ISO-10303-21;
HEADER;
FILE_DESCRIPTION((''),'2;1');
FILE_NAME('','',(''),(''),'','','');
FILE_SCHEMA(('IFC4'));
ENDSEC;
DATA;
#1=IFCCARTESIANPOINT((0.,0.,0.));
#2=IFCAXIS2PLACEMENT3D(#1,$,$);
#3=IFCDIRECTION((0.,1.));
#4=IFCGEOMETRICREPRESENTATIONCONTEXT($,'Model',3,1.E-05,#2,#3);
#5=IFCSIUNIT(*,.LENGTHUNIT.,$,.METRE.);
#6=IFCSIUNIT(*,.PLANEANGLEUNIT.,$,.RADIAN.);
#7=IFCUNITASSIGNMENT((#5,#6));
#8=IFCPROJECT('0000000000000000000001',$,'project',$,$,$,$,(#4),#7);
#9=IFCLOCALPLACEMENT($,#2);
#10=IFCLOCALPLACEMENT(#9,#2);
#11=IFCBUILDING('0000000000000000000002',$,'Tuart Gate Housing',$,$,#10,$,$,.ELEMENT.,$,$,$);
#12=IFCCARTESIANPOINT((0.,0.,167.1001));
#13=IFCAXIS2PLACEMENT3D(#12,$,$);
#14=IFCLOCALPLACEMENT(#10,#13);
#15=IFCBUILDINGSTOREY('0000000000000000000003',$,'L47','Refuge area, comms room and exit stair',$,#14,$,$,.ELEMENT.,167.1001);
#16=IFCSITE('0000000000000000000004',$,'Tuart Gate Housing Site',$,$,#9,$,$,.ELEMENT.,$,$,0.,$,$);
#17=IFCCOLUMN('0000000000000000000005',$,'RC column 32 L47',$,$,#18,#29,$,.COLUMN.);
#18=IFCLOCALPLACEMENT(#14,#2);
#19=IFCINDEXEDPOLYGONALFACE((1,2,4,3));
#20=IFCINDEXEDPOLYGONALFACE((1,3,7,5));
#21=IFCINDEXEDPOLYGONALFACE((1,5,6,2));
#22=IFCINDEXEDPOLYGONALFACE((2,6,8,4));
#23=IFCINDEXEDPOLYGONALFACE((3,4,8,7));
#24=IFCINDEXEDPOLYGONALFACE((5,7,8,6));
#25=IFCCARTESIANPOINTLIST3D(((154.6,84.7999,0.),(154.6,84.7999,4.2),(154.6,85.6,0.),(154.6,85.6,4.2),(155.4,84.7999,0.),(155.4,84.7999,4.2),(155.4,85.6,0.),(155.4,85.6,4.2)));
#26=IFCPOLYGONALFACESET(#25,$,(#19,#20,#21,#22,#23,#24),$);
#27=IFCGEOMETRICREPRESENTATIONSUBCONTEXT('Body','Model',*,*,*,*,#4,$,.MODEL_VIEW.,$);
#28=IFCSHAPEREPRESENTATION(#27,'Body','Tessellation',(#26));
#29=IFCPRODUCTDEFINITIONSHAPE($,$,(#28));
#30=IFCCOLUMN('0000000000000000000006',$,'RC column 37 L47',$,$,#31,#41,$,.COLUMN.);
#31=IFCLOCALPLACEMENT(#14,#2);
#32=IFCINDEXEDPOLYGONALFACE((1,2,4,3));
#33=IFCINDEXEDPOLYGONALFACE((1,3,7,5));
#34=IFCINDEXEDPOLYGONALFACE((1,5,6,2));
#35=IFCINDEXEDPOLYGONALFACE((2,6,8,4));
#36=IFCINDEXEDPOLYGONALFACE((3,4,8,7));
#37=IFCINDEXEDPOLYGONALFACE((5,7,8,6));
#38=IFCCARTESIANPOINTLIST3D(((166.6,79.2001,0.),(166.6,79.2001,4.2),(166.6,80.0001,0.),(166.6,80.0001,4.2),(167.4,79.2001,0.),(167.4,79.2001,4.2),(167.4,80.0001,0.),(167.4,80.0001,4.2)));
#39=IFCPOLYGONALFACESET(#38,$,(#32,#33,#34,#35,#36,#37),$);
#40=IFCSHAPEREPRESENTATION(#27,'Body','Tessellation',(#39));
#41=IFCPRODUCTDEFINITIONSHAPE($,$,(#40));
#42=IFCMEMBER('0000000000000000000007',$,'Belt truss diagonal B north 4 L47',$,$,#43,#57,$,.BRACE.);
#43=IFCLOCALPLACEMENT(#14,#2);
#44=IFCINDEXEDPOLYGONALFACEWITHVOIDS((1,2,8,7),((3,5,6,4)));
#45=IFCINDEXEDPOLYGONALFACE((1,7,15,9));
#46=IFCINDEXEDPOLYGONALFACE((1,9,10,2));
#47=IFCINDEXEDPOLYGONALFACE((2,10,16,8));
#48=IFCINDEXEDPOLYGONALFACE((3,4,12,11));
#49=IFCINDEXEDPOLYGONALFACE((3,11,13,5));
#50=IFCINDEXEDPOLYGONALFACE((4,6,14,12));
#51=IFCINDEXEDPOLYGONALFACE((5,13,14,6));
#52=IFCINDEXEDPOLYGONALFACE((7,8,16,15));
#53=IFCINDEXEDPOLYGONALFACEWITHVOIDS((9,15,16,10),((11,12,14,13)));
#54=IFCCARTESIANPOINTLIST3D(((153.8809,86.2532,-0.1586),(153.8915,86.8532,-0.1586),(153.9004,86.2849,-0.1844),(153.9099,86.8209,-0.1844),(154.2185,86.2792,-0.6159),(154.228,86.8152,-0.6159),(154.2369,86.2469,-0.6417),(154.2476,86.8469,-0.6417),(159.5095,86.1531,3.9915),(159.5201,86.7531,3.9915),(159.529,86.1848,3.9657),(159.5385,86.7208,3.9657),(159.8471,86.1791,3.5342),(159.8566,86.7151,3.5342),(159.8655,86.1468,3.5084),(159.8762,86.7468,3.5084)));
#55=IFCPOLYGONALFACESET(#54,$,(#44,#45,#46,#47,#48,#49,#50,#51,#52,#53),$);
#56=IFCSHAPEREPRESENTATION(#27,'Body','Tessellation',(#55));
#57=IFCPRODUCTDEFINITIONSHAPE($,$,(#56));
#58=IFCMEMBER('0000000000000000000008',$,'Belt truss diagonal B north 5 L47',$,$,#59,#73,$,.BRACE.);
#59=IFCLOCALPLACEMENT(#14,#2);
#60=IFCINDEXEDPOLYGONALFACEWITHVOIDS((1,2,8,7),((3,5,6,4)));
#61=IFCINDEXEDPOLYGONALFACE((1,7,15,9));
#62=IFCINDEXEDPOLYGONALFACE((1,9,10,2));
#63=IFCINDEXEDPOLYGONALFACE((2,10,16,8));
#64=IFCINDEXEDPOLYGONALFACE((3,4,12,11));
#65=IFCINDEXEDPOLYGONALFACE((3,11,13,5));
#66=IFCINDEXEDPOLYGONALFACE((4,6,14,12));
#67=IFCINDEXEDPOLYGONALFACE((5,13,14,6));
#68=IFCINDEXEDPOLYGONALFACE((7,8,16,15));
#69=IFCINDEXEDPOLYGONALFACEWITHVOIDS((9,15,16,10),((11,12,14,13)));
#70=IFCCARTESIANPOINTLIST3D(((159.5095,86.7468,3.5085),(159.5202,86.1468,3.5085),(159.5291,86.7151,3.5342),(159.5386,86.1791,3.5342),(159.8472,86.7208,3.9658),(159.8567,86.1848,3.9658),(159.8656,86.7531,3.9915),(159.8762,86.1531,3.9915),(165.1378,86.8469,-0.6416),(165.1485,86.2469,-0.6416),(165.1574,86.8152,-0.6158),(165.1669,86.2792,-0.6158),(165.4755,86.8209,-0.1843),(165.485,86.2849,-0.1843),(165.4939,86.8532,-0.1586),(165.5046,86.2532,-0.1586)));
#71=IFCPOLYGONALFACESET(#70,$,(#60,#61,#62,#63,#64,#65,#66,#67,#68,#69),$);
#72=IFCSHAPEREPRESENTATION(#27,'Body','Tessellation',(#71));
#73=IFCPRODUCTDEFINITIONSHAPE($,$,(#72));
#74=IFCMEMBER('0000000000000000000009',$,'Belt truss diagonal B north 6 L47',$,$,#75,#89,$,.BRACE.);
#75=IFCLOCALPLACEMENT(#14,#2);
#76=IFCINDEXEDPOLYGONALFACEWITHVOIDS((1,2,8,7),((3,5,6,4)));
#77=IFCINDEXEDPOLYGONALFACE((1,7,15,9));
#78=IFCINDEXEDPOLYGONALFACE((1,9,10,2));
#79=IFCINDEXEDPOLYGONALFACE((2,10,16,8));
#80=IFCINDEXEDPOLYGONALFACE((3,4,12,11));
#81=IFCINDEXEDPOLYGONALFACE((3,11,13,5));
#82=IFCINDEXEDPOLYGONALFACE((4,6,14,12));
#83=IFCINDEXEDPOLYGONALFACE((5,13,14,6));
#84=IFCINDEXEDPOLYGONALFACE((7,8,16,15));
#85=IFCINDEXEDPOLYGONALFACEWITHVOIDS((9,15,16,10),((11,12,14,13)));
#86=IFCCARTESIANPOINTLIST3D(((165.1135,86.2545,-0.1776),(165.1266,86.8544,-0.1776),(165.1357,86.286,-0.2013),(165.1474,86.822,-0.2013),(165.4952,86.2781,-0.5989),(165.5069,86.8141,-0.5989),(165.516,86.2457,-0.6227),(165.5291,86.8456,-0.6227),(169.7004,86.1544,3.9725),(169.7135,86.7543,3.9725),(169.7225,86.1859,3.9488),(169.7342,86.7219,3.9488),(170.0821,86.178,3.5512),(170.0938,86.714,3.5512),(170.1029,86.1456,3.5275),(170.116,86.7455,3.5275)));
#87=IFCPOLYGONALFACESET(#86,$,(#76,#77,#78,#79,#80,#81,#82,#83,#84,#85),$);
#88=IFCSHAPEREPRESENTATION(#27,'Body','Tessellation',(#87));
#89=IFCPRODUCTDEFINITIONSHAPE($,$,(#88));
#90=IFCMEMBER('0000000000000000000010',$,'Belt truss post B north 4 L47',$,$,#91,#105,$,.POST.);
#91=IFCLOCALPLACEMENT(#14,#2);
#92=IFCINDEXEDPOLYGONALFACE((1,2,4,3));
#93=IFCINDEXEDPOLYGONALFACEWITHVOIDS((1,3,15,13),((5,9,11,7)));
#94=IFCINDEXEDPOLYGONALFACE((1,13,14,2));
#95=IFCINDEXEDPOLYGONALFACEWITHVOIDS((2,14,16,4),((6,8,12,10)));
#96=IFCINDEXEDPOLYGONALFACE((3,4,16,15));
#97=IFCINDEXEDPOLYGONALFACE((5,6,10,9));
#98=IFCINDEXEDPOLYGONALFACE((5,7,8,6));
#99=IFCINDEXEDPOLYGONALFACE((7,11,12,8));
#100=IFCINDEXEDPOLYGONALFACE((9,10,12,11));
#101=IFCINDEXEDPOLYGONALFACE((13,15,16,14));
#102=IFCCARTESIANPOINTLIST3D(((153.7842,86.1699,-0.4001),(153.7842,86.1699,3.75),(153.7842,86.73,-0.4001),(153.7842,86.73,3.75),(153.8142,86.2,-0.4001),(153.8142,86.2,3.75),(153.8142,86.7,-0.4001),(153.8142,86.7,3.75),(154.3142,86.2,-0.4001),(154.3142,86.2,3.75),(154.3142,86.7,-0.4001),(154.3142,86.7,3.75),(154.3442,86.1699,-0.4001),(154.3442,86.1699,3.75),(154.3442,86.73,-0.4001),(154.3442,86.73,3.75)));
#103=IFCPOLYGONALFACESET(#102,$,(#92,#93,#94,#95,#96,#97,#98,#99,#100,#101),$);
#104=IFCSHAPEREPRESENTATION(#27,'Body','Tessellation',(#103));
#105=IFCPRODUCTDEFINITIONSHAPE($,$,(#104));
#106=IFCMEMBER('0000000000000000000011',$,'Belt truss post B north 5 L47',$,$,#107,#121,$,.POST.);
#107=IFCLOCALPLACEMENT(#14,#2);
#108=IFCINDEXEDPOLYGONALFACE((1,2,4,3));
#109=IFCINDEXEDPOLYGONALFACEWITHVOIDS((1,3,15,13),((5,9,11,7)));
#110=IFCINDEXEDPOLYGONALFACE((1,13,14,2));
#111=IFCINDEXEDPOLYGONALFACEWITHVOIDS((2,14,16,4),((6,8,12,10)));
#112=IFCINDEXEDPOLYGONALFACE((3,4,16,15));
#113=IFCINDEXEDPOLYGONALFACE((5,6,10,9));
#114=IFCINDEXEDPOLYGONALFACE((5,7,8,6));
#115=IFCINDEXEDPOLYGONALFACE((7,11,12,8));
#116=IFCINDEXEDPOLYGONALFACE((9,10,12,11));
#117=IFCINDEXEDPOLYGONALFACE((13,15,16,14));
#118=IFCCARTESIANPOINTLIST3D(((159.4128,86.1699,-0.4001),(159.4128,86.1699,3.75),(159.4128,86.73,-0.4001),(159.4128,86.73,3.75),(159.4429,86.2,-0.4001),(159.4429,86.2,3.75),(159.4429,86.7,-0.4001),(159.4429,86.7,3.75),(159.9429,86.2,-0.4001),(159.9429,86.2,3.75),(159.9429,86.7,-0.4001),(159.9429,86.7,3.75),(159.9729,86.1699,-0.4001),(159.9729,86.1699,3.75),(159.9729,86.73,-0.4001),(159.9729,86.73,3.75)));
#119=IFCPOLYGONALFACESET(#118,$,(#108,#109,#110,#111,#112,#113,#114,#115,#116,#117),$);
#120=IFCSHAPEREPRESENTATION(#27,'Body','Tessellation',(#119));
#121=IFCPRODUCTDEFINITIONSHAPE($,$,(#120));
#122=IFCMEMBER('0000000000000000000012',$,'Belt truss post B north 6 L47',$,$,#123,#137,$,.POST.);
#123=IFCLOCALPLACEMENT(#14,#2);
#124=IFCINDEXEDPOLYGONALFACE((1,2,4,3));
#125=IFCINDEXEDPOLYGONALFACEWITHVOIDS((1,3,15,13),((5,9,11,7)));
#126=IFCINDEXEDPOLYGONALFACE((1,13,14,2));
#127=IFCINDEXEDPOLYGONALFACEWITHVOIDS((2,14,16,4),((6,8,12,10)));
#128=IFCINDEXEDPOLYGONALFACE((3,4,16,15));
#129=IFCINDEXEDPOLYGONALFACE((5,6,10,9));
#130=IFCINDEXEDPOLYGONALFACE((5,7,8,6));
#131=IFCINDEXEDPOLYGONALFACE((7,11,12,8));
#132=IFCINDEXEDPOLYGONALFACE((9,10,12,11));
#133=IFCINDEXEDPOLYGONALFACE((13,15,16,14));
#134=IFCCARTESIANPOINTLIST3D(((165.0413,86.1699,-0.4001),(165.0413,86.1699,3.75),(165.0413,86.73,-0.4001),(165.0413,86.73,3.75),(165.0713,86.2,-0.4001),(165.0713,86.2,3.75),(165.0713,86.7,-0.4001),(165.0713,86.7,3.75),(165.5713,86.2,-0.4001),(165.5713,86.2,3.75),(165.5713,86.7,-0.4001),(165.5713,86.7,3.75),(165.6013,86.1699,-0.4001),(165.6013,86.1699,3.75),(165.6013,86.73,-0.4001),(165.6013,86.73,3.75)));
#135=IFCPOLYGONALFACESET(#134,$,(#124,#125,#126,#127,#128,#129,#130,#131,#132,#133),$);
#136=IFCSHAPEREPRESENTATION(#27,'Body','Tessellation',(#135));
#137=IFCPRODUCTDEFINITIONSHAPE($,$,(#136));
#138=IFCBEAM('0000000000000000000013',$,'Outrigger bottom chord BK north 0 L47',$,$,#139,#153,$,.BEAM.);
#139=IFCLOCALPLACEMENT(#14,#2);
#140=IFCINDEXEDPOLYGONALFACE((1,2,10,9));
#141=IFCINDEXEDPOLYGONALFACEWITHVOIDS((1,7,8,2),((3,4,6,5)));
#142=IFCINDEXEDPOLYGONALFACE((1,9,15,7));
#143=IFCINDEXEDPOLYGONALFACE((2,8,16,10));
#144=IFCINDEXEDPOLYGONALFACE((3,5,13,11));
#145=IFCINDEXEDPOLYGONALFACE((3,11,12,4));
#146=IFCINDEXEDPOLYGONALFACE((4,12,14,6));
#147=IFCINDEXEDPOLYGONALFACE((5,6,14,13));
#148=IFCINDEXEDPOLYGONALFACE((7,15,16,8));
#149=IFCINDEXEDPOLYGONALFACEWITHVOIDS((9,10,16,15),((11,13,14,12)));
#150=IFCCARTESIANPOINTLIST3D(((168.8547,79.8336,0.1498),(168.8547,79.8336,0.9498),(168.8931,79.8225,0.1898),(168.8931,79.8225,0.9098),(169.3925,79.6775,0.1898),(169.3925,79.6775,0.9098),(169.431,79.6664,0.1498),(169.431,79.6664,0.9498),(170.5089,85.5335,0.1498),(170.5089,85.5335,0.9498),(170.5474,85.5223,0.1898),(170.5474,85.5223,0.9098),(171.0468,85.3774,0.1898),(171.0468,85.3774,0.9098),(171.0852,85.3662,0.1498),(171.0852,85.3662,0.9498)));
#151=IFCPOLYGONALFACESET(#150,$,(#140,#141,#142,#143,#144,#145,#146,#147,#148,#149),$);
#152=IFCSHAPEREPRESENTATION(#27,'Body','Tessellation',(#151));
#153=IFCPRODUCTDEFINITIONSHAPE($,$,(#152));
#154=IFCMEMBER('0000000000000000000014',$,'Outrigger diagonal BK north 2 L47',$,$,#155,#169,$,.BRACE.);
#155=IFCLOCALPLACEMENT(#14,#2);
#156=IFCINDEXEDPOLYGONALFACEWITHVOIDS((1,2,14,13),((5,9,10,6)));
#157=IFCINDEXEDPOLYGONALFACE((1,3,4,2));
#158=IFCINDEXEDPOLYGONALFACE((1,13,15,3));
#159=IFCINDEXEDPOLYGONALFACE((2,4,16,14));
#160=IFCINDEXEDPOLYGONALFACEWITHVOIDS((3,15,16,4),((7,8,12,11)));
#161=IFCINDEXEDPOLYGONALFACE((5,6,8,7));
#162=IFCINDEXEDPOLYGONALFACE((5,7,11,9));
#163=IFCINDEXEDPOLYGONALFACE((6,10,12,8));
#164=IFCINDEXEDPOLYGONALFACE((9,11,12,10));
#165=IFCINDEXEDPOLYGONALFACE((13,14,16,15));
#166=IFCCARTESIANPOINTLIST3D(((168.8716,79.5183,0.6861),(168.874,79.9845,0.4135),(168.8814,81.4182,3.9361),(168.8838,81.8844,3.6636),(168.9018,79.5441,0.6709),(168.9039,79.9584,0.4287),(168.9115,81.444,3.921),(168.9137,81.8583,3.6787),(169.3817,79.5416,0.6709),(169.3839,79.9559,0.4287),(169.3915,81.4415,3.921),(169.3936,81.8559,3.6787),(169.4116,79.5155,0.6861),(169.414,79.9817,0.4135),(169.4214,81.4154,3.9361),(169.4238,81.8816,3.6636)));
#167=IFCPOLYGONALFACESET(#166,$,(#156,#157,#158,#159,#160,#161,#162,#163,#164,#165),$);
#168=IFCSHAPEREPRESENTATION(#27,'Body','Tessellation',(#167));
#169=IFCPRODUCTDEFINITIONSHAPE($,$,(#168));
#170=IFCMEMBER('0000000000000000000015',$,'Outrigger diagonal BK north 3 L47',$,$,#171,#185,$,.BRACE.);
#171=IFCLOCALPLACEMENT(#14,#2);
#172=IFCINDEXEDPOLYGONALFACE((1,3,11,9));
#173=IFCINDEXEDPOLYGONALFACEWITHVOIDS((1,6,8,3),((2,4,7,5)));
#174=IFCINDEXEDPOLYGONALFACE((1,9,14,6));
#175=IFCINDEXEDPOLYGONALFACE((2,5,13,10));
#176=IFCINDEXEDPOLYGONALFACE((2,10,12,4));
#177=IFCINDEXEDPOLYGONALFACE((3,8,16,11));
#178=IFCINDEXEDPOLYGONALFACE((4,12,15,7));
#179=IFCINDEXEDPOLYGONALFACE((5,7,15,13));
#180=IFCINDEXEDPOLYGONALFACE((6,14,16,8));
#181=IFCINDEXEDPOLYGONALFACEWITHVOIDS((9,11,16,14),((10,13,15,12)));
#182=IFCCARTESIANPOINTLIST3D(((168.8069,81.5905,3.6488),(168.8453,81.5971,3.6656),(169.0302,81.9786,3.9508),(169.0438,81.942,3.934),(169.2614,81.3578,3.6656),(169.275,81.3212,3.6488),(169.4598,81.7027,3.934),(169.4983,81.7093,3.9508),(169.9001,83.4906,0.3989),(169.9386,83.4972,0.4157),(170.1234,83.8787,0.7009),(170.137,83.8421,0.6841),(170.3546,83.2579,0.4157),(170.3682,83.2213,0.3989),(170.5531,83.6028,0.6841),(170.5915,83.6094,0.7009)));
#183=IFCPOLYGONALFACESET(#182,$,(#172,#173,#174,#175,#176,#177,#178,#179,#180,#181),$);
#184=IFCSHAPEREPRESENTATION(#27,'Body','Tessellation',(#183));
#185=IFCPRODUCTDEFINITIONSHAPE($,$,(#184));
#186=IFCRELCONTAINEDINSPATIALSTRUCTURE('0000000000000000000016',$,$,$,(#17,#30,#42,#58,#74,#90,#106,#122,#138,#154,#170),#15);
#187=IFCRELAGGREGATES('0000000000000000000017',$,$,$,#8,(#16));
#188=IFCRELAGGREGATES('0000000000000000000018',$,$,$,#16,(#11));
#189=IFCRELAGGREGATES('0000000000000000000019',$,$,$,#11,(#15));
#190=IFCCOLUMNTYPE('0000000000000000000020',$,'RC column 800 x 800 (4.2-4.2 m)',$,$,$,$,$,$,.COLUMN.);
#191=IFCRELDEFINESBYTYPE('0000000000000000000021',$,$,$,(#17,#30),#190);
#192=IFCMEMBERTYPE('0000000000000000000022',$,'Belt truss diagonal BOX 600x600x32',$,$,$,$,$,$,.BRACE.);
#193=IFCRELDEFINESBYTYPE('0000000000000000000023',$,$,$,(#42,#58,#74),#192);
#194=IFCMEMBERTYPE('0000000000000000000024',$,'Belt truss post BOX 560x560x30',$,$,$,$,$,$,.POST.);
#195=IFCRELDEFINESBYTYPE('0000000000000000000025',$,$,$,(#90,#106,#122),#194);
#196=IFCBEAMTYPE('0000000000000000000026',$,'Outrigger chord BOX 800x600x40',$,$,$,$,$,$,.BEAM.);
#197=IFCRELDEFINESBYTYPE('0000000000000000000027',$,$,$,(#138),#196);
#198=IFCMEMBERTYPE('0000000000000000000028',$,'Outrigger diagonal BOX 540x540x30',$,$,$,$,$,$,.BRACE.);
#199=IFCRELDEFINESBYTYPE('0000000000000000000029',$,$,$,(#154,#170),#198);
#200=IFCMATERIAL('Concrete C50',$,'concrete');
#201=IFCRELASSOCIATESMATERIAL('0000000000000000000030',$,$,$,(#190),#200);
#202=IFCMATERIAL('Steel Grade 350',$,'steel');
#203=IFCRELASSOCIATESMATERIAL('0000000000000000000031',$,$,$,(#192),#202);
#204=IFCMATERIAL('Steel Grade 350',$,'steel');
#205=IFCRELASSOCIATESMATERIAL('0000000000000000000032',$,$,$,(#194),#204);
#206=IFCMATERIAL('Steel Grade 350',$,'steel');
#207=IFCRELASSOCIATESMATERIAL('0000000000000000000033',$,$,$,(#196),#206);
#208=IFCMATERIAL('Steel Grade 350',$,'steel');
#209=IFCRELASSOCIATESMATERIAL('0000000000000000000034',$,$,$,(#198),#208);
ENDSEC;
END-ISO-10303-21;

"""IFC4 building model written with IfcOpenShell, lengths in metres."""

from ifc_helpers import new_model, si_unit, direction, frame, origin, origin_2d, place, context, subcontext, project, spatial, rectangle, hollow_rectangle, extrude, material, material_profile, profile_set, type_object, element, save


model = new_model("IFC4")

# Units and contexts
model_context = context("Model", 3, precision=1e-05, world=origin(), true_north=direction((0.0, 1.0)))
body_context = subcontext(model_context, "Body", "Model", "MODEL_VIEW")
ifc_project = project(units=[si_unit("LENGTHUNIT", "METRE"), si_unit("PLANEANGLEUNIT", "RADIAN")], contexts=[model_context])

# Site, building, storey
site_placement = place(None, origin())
site = spatial("IfcSite", under=ifc_project, at=site_placement, Name="Tuart Gate Housing Site", CompositionType="ELEMENT", RefElevation=0.0)
building_placement = place(site_placement, origin())
building = spatial("IfcBuilding", under=site, at=building_placement, Name="Tuart Gate Housing", CompositionType="ELEMENT")
storey_placement = place(building_placement, frame((0.0, 0.0, 167.1001)))
storey = spatial("IfcBuildingStorey", under=building, at=storey_placement, Name="L47", Description="Refuge area, comms room and exit stair", CompositionType="ELEMENT", Elevation=167.1001)

# Columns
ifc_material_1 = material(Name="Concrete C50", Category="concrete")
ifc_material_profile_1 = material_profile(ifc_material_1, rectangle(XDim=0.8, YDim=0.8, at=origin_2d()), Name="RC column 800 x 800 (4.2-4.2 m)")
ifc_profile_set_1 = profile_set([ifc_material_profile_1], Name="Concrete C50")
column_type = type_object("IfcColumnType", Name="RC column 800 x 800 (4.2-4.2 m)", PredefinedType="COLUMN", material=ifc_profile_set_1)
for number, where, z_axis, x_axis, name in (
    (1, (155.0, 85.2, 0.0), (0.0, 0.0, 1.0), (1.0, 0.0, 0.0), "RC column 32 L47"),
    (2, (167.0, 79.6001, 0.0), (0.0, 0.0, 1.0), (1.0, 0.0, 0.0), "RC column 37 L47"),
):
    element("IfcColumn", number, at=place(storey_placement, frame(where, z_axis=z_axis, x_axis=x_axis)), inside=storey, type_object=column_type, Name=name, PredefinedType="COLUMN", context=body_context, shape_type="SweptSolid", body=[
        extrude(rectangle(XDim=0.8, YDim=0.8, at=origin_2d()), origin(), (0.0, 0.0, 1.0), 4.2),
    ])

# Members
ifc_material_2 = material(Name="Steel Grade 350", Category="steel")
ifc_material_profile_2 = material_profile(ifc_material_2, hollow_rectangle(XDim=0.6001, YDim=0.6001, WallThickness=0.032, at=origin_2d()), Name="BOX 600x600x32")
ifc_profile_set_2 = profile_set([ifc_material_profile_2], Name="Steel Grade 350")
member_type_1 = type_object("IfcMemberType", Name="Belt truss diagonal BOX 600x600x32", PredefinedType="BRACE", material=ifc_profile_set_2)
member_1_placement = place(storey_placement, frame((154.0642, 86.55, -0.4001), z_axis=(0.804788, -0.014312, 0.593389), x_axis=(0.017781, 0.999842, 0.0)))
element("IfcMember", 3, at=member_1_placement, inside=storey, type_object=member_type_1, Name="Belt truss diagonal B north 4 L47", PredefinedType="BRACE", context=body_context, shape_type="SweptSolid", body=[
    extrude(hollow_rectangle(XDim=0.6001, YDim=0.6001, WallThickness=0.032, at=origin_2d()), origin(), (0.0, 0.0, 1.0), 6.9939),
])
member_2_placement = place(storey_placement, frame((159.6929, 86.45, 3.75), z_axis=(0.804776, 0.014312, -0.593406), x_axis=(-0.017782, 0.999842, 0.0)))
element("IfcMember", 4, at=member_2_placement, inside=storey, type_object=member_type_1, Name="Belt truss diagonal B north 5 L47", PredefinedType="BRACE", context=body_context, shape_type="SweptSolid", body=[
    extrude(hollow_rectangle(XDim=0.6001, YDim=0.6001, WallThickness=0.032, at=origin_2d()), origin(), (0.0, 0.0, 1.0), 6.9937),
])
member_3_placement = place(storey_placement, frame((165.3213, 86.55, -0.4001), z_axis=(0.741432, -0.01618, 0.670833), x_axis=(0.021817, 0.999762, 0.0)))
element("IfcMember", 5, at=member_3_placement, inside=storey, type_object=member_type_1, Name="Belt truss diagonal B north 6 L47", PredefinedType="BRACE", context=body_context, shape_type="SweptSolid", body=[
    extrude(hollow_rectangle(XDim=0.6001, YDim=0.6001, WallThickness=0.032, at=origin_2d()), origin(), (0.0, 0.0, 1.0), 6.1865),
])
ifc_material_3 = material(Name="Steel Grade 350", Category="steel")
ifc_material_profile_3 = material_profile(ifc_material_3, hollow_rectangle(XDim=0.5601, YDim=0.5601, WallThickness=0.03, at=origin_2d()), Name="BOX 560x560x30")
ifc_profile_set_3 = profile_set([ifc_material_profile_3], Name="Steel Grade 350")
member_type_2 = type_object("IfcMemberType", Name="Belt truss post BOX 560x560x30", PredefinedType="POST", material=ifc_profile_set_3)
for number, where, z_axis, x_axis, name in (
    (6, (154.0642, 86.45, -0.4001), (0.0, 0.0, 1.0), (1.0, 0.0, 0.0), "Belt truss post B north 4 L47"),
    (7, (159.6929, 86.45, -0.4001), (0.0, 0.0, 1.0), (1.0, 0.0, 0.0), "Belt truss post B north 5 L47"),
    (8, (165.3213, 86.45, -0.4001), (0.0, 0.0, 1.0), (1.0, 0.0, 0.0), "Belt truss post B north 6 L47"),
):
    element("IfcMember", number, at=place(storey_placement, frame(where, z_axis=z_axis, x_axis=x_axis)), inside=storey, type_object=member_type_2, Name=name, PredefinedType="POST", context=body_context, shape_type="SweptSolid", body=[
        extrude(hollow_rectangle(XDim=0.5601, YDim=0.5601, WallThickness=0.03, at=origin_2d()), origin(), (0.0, 0.0, 1.0), 4.1501),
    ])

# Beam
ifc_material_4 = material(Name="Steel Grade 350", Category="steel")
ifc_material_profile_4 = material_profile(ifc_material_4, hollow_rectangle(XDim=0.6001, YDim=0.8, WallThickness=0.04, at=origin_2d()), Name="BOX 800x600x40")
ifc_profile_set_4 = profile_set([ifc_material_profile_4], Name="Steel Grade 350")
beam_type = type_object("IfcBeamType", Name="Outrigger chord BOX 800x600x40", PredefinedType="BEAM", material=ifc_profile_set_4)
beam_placement = place(storey_placement, frame((169.1428, 79.75, 0.5498), z_axis=(0.278728, 0.96037, 0.0), x_axis=(-0.96037, 0.278728, 0.0)))
element("IfcBeam", 9, at=beam_placement, inside=storey, type_object=beam_type, Name="Outrigger bottom chord BK north 0 L47", PredefinedType="BEAM", context=body_context, shape_type="SweptSolid", body=[
    extrude(hollow_rectangle(XDim=0.6001, YDim=0.8, WallThickness=0.04, at=origin_2d()), origin(), (0.0, 0.0, 1.0), 5.9351),
])

# Members
ifc_material_5 = material(Name="Steel Grade 350", Category="steel")
ifc_material_profile_5 = material_profile(ifc_material_5, hollow_rectangle(XDim=0.54, YDim=0.54, WallThickness=0.03, at=origin_2d()), Name="BOX 540x540x30")
ifc_profile_set_5 = profile_set([ifc_material_profile_5], Name="Steel Grade 350")
member_type_3 = type_object("IfcMemberType", Name="Outrigger diagonal BOX 540x540x30", PredefinedType="BRACE", material=ifc_profile_set_5)
member_4_placement = place(storey_placement, frame((169.1428, 79.75, 0.5498), z_axis=(0.002594, 0.504676, 0.863305), x_axis=(-0.999987, 0.00514, 0.0)))
element("IfcMember", 10, at=member_4_placement, inside=storey, type_object=member_type_3, Name="Outrigger diagonal BK north 2 L47", PredefinedType="BRACE", context=body_context, shape_type="SweptSolid", body=[
    extrude(hollow_rectangle(XDim=0.54, YDim=0.54, WallThickness=0.03, at=origin_2d()), origin(), (0.0, 0.0, 1.0), 3.7646),
])
member_5_placement = place(storey_placement, frame((169.1526, 81.6499, 3.7998), z_axis=(0.278876, 0.484702, -0.829031), x_axis=(-0.866773, 0.498703, 0.0)))
element("IfcMember", 11, at=member_5_placement, inside=storey, type_object=member_type_3, Name="Outrigger diagonal BK north 3 L47", PredefinedType="BRACE", context=body_context, shape_type="SweptSolid", body=[
    extrude(hollow_rectangle(XDim=0.54, YDim=0.54, WallThickness=0.03, at=origin_2d()), origin(), (0.0, 0.0, 1.0), 3.9202),
])

save(model, "model.ifc")
